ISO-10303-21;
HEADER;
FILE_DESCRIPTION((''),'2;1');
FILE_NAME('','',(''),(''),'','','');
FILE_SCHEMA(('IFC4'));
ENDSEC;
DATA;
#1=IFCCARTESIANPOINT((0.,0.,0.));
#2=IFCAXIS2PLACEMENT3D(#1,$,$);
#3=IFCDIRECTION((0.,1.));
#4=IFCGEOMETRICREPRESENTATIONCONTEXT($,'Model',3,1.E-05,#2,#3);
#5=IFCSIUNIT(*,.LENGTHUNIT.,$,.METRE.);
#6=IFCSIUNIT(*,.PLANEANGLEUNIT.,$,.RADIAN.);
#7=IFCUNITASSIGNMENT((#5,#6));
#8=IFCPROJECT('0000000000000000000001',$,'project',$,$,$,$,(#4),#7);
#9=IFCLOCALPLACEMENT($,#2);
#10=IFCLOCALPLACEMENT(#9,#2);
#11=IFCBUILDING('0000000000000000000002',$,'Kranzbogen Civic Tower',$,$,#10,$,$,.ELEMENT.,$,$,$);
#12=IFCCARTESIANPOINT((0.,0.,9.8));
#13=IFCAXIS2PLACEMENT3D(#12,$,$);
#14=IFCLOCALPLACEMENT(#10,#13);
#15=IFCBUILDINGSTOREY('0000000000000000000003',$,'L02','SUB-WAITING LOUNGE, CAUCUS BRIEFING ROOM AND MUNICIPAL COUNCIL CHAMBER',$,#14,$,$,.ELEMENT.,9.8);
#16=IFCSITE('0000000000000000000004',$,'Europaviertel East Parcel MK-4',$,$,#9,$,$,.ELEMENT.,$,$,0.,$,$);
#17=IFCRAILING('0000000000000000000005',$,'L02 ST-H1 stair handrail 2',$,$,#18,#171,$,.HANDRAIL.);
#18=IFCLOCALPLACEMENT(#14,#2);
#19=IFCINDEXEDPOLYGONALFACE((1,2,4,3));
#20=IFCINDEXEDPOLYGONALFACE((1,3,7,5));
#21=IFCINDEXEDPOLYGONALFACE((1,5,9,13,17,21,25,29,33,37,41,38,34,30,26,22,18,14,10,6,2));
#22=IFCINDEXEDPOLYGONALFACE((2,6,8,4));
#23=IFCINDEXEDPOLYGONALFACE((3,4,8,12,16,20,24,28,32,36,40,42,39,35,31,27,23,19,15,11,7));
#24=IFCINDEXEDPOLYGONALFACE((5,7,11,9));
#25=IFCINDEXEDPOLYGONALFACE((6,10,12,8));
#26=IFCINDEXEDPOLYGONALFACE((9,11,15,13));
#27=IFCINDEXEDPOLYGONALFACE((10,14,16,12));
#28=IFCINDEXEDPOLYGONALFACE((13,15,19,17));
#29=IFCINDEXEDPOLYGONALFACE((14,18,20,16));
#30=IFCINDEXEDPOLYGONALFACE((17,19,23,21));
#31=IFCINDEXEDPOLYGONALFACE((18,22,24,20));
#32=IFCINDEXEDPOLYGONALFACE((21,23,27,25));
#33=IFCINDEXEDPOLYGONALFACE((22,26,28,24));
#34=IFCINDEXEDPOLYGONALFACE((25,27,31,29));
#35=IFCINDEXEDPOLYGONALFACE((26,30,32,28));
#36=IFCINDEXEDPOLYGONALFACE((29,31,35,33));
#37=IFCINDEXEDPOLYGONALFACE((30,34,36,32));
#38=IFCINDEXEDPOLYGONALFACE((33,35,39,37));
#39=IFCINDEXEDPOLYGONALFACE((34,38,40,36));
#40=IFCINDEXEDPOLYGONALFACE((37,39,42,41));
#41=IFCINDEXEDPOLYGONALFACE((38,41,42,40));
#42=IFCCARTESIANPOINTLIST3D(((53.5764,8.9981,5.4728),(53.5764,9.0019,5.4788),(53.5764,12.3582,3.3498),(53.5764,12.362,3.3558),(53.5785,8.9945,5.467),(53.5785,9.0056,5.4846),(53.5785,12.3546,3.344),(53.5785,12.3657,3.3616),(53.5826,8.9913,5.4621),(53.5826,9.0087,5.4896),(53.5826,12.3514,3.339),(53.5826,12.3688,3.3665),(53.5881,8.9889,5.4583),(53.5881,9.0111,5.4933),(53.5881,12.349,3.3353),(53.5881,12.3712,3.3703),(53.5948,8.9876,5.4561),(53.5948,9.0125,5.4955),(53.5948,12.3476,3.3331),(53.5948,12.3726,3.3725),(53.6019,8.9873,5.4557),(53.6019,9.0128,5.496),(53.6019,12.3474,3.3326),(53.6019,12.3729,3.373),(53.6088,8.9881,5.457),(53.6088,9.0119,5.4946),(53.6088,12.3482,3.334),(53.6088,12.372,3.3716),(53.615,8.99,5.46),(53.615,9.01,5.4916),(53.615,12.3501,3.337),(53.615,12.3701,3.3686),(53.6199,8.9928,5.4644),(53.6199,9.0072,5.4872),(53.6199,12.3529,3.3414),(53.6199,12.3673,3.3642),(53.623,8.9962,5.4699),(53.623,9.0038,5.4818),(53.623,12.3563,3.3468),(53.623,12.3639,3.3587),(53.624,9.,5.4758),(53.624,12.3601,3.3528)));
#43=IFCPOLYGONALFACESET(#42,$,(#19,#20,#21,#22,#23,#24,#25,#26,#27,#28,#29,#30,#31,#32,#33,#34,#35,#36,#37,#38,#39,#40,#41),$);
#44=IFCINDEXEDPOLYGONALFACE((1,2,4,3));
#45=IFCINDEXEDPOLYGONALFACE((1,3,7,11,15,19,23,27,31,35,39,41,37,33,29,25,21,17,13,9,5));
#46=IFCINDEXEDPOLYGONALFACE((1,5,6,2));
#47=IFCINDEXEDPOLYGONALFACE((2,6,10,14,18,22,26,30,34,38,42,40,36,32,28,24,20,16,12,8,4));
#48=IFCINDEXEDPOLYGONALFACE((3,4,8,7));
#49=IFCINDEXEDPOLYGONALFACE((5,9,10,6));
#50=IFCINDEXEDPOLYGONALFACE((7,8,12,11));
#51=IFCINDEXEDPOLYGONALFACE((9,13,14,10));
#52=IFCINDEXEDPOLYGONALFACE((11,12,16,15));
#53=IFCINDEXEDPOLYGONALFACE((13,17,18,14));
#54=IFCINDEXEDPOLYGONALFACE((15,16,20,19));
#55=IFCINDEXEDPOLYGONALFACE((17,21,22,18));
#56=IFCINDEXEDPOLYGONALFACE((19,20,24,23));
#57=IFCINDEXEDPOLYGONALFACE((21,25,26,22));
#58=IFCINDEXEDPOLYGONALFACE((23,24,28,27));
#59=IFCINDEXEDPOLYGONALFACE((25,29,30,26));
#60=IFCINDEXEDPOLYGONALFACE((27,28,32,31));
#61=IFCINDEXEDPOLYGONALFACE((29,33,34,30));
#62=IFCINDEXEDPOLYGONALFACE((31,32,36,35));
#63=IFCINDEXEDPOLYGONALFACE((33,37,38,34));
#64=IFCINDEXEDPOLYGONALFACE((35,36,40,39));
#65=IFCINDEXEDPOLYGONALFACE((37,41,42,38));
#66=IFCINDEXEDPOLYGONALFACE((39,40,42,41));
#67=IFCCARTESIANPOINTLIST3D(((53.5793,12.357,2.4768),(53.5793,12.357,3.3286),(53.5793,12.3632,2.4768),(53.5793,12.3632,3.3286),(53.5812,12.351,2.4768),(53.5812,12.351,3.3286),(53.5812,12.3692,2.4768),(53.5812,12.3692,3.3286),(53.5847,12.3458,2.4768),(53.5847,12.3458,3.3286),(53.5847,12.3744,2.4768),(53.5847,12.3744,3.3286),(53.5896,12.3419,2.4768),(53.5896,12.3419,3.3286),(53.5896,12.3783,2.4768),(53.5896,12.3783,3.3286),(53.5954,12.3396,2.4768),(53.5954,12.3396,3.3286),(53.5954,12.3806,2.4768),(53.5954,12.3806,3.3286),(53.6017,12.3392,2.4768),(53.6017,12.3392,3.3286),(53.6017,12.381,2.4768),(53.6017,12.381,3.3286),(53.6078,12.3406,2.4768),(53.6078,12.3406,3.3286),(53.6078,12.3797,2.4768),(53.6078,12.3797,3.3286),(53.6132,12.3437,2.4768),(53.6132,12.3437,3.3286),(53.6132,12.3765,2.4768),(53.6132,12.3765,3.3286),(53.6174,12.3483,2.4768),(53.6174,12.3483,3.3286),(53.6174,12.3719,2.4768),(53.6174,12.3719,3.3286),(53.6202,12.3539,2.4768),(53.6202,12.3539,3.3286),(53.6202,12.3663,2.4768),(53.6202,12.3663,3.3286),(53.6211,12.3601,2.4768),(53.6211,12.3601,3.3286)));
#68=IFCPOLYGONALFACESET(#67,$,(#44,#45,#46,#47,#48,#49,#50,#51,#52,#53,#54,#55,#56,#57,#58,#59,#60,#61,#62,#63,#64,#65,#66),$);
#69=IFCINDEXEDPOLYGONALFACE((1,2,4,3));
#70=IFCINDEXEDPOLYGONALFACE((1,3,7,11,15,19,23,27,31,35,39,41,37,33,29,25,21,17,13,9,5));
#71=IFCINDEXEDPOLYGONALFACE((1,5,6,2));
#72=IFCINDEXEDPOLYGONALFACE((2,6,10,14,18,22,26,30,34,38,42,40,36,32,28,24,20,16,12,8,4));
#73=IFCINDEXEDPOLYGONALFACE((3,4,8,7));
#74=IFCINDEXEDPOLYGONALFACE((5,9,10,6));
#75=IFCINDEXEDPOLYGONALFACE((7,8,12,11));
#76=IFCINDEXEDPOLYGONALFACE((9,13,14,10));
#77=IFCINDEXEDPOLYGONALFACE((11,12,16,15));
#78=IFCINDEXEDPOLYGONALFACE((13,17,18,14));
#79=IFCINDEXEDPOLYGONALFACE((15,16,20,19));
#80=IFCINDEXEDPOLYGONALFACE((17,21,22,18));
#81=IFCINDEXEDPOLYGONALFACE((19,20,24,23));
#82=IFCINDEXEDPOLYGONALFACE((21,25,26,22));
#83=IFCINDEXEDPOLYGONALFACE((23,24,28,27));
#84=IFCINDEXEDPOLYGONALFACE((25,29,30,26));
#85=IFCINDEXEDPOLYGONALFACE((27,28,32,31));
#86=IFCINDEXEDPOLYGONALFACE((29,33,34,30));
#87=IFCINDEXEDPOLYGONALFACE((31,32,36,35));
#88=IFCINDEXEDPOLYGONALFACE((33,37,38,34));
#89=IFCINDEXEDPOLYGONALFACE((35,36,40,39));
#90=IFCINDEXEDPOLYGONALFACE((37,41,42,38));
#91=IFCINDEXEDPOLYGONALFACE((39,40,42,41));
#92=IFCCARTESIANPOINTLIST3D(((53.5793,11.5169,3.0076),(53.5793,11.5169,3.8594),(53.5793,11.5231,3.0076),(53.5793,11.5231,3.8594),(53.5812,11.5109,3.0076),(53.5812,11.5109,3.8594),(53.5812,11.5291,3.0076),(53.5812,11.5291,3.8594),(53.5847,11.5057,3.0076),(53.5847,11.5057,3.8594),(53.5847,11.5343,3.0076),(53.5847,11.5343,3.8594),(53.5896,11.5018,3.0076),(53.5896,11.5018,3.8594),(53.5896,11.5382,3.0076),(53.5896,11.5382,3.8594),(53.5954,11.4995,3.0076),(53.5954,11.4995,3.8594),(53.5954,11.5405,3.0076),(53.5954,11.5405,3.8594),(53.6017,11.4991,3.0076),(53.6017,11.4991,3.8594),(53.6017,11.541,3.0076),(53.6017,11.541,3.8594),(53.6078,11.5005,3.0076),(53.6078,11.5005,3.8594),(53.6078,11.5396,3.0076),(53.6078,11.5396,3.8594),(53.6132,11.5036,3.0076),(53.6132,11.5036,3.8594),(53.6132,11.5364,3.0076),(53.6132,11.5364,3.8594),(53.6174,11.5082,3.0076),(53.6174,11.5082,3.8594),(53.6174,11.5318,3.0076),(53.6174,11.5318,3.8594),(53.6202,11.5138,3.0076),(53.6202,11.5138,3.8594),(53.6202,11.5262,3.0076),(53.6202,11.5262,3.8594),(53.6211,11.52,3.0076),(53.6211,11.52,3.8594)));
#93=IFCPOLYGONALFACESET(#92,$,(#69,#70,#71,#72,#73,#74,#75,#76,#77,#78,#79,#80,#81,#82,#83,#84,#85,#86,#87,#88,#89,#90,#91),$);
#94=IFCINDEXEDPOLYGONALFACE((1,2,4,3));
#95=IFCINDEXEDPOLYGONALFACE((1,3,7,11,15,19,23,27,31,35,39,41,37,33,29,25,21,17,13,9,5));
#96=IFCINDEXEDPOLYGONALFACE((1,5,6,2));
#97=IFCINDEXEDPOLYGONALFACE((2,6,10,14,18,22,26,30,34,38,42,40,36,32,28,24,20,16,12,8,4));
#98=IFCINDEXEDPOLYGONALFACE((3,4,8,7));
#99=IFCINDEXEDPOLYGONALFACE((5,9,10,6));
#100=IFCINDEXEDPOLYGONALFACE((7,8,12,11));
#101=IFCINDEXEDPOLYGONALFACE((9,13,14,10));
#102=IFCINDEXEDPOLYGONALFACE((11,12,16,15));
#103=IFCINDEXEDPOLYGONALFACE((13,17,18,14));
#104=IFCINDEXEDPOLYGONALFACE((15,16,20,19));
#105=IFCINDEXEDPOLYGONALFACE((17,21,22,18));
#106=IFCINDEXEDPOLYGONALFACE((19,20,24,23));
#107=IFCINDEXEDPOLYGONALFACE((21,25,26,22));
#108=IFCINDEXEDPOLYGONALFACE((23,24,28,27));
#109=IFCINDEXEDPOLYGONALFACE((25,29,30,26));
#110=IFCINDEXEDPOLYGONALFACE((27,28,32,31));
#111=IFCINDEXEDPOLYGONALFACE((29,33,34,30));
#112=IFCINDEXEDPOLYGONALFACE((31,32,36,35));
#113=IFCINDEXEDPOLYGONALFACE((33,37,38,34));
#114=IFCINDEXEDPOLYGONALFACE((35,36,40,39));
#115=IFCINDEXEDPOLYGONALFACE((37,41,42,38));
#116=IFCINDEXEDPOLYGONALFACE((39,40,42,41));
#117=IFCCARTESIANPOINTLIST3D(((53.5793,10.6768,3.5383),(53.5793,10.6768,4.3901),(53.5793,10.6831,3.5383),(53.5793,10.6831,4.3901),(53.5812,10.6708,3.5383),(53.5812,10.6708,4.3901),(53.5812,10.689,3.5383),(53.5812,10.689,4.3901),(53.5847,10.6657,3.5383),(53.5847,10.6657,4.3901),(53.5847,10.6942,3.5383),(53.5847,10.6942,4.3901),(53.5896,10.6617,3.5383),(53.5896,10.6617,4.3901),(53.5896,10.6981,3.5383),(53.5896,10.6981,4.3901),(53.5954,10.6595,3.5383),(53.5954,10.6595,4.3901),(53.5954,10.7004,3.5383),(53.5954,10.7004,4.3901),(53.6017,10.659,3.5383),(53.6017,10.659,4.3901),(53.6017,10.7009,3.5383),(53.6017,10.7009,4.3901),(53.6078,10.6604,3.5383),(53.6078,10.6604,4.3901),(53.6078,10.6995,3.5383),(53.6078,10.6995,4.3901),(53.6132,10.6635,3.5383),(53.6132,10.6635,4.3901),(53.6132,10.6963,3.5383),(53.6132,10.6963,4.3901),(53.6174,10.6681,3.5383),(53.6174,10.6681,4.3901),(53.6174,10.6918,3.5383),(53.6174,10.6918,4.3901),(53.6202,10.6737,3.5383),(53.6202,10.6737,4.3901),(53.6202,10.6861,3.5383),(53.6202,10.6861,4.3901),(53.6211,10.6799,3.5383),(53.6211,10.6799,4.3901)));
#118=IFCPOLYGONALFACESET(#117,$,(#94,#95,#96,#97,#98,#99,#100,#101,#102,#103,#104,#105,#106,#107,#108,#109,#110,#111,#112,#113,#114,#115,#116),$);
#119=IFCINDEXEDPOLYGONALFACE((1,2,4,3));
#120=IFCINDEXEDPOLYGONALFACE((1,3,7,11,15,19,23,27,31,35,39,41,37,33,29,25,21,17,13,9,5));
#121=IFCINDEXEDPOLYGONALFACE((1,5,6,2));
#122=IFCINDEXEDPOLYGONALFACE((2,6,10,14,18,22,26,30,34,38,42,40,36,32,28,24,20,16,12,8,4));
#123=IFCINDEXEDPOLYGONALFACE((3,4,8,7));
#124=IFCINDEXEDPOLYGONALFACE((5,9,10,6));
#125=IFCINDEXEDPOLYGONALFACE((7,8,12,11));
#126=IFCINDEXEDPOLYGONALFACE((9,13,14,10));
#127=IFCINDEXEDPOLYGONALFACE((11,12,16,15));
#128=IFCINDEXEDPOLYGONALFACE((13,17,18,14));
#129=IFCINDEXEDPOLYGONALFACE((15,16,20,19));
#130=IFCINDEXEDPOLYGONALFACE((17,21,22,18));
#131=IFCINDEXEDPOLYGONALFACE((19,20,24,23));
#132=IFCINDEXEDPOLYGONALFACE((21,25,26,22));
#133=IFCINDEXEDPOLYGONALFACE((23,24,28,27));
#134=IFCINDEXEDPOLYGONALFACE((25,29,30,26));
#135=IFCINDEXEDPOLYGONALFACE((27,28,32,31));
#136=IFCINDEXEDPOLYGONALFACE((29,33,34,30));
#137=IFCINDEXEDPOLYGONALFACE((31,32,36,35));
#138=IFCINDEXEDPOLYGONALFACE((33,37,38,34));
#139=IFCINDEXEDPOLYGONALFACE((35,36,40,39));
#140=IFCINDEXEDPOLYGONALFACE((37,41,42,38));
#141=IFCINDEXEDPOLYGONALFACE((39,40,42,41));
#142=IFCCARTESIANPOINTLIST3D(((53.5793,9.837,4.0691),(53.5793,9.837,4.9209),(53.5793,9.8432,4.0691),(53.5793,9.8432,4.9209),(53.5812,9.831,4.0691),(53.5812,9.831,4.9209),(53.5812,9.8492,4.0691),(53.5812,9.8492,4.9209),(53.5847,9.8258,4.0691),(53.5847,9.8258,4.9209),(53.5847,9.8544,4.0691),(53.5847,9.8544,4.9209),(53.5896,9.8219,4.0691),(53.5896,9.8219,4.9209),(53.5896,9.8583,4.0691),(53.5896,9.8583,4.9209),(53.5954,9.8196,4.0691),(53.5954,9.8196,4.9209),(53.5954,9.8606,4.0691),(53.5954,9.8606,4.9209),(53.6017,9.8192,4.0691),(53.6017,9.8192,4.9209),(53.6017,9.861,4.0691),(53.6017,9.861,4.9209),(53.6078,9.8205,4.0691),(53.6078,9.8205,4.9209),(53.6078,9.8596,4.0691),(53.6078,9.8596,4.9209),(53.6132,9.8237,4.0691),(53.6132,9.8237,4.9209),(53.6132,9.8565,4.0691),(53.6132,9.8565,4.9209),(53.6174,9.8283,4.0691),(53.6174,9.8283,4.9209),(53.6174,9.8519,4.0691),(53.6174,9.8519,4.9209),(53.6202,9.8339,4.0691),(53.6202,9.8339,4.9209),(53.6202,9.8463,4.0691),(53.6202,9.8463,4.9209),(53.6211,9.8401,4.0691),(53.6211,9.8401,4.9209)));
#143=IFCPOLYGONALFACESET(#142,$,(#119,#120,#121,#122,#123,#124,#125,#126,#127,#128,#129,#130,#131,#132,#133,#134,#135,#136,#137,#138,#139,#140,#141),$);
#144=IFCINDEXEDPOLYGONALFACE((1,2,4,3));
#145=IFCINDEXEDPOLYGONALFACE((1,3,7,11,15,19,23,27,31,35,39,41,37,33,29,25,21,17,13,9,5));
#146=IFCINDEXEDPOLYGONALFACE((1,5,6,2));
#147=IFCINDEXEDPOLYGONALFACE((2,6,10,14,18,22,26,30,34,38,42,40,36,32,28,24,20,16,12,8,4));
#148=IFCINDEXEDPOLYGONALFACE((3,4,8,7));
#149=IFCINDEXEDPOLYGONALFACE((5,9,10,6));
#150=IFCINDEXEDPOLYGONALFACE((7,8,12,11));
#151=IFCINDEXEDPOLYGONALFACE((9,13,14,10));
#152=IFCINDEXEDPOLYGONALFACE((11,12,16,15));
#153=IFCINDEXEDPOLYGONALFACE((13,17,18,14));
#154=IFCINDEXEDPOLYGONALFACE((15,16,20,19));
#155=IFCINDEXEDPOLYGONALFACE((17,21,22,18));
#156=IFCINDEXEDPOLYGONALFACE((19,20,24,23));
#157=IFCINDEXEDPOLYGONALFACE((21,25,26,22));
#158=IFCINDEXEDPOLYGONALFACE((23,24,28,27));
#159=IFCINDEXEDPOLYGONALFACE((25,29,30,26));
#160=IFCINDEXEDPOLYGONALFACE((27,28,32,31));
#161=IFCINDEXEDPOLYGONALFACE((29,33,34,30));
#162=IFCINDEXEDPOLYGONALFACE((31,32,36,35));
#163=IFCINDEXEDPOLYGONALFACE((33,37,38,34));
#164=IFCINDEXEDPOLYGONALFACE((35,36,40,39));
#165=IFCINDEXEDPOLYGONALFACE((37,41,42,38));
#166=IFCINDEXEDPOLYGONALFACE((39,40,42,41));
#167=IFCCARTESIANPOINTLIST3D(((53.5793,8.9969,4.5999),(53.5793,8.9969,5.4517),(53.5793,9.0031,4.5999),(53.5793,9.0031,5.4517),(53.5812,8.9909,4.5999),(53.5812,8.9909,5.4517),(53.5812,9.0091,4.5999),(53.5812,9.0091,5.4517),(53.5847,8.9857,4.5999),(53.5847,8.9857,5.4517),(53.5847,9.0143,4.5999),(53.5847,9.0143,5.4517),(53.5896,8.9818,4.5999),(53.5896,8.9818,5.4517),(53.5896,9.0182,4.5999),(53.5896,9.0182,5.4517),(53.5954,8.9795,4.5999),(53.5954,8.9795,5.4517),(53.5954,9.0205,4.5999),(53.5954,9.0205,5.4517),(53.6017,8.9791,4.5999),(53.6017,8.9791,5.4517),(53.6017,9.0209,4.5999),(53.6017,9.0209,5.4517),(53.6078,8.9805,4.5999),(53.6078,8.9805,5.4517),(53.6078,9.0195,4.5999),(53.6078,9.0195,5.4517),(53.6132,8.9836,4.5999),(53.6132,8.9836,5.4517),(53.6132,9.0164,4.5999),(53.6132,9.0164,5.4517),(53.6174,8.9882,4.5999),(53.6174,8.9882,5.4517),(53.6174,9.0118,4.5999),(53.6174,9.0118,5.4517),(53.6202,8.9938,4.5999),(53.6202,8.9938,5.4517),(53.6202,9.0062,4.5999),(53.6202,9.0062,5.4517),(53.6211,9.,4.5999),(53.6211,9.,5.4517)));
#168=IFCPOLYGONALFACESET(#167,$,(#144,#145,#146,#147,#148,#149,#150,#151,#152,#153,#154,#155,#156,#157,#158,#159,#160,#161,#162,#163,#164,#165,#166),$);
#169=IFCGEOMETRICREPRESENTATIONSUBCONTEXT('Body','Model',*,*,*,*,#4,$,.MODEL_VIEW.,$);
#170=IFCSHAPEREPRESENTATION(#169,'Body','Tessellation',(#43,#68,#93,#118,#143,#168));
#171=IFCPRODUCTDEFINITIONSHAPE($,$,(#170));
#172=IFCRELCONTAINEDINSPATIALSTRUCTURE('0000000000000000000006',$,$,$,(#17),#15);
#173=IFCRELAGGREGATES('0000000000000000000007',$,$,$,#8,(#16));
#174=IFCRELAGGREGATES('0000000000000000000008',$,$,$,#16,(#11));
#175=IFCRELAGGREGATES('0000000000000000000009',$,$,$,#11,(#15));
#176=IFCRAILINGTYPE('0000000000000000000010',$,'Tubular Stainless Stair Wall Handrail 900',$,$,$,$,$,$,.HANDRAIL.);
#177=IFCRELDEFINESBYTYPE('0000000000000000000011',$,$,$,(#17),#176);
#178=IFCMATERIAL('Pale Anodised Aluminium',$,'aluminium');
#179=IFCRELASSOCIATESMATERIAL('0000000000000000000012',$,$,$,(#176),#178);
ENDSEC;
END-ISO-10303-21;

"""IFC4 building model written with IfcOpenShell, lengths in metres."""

from ifc_helpers import new_model, si_unit, direction, frame, origin, origin_2d, place, context, subcontext, project, spatial, circle, extrude, material, type_object, element, save


model = new_model("IFC4")

# Units and contexts
model_context = context("Model", 3, precision=1e-05, world=origin(), true_north=direction((0.0, 1.0)))
body_context = subcontext(model_context, "Body", "Model", "MODEL_VIEW")
ifc_project = project(units=[si_unit("LENGTHUNIT", "METRE"), si_unit("PLANEANGLEUNIT", "RADIAN")], contexts=[model_context])

# Site, building, storey
site_placement = place(None, origin())
site = spatial("IfcSite", under=ifc_project, at=site_placement, Name="Europaviertel East Parcel MK-4", CompositionType="ELEMENT", RefElevation=0.0)
building_placement = place(site_placement, origin())
building = spatial("IfcBuilding", under=site, at=building_placement, Name="Kranzbogen Civic Tower", CompositionType="ELEMENT")
storey_placement = place(building_placement, frame((0.0, 0.0, 9.8)))
storey = spatial("IfcBuildingStorey", under=building, at=storey_placement, Name="L02", Description="SUB-WAITING LOUNGE, CAUCUS BRIEFING ROOM AND MUNICIPAL COUNCIL CHAMBER", CompositionType="ELEMENT", Elevation=9.8)

# Shared definitions
ifc_material_1 = material(Name="Pale Anodised Aluminium", Category="aluminium")

# Railing
railing_type_1 = type_object("IfcRailingType", Name="Tubular Stainless Stair Wall Handrail 900", PredefinedType="HANDRAIL", material=ifc_material_1)
railing_1_placement = place(storey_placement, frame((53.6001, 12.3601, 2.4768)))
element("IfcRailing", 1, at=railing_1_placement, inside=storey, type_object=railing_type_1, Name="L02 ST-H1 stair handrail 2", PredefinedType="HANDRAIL", context=body_context, shape_type="SweptSolid", body=[
    extrude(circle(Radius=0.0239, at=origin_2d()), frame((0.0, 0.0, 0.876), z_axis=(0.0, -0.84539, 0.53415), x_axis=(1.0, 0.0, 0.0)), (0.0, 0.0, 1.0), 3.9746),
    extrude(circle(Radius=0.021, at=origin_2d()), origin(), (0.0, 0.0, 1.0), 0.8518),
    extrude(circle(Radius=0.021, at=origin_2d()), frame((0.0, -0.8401, 0.5308)), (0.0, 0.0, 1.0), 0.8518),
    extrude(circle(Radius=0.021, at=origin_2d()), frame((0.0, -1.6802, 1.0615)), (0.0, 0.0, 1.0), 0.8518),
    extrude(circle(Radius=0.021, at=origin_2d()), frame((0.0, -2.52, 1.5923)), (0.0, 0.0, 1.0), 0.8518),
    extrude(circle(Radius=0.021, at=origin_2d()), frame((0.0, -3.3601, 2.123)), (0.0, 0.0, 1.0), 0.8518),
])

save(model, "model.ifc")
